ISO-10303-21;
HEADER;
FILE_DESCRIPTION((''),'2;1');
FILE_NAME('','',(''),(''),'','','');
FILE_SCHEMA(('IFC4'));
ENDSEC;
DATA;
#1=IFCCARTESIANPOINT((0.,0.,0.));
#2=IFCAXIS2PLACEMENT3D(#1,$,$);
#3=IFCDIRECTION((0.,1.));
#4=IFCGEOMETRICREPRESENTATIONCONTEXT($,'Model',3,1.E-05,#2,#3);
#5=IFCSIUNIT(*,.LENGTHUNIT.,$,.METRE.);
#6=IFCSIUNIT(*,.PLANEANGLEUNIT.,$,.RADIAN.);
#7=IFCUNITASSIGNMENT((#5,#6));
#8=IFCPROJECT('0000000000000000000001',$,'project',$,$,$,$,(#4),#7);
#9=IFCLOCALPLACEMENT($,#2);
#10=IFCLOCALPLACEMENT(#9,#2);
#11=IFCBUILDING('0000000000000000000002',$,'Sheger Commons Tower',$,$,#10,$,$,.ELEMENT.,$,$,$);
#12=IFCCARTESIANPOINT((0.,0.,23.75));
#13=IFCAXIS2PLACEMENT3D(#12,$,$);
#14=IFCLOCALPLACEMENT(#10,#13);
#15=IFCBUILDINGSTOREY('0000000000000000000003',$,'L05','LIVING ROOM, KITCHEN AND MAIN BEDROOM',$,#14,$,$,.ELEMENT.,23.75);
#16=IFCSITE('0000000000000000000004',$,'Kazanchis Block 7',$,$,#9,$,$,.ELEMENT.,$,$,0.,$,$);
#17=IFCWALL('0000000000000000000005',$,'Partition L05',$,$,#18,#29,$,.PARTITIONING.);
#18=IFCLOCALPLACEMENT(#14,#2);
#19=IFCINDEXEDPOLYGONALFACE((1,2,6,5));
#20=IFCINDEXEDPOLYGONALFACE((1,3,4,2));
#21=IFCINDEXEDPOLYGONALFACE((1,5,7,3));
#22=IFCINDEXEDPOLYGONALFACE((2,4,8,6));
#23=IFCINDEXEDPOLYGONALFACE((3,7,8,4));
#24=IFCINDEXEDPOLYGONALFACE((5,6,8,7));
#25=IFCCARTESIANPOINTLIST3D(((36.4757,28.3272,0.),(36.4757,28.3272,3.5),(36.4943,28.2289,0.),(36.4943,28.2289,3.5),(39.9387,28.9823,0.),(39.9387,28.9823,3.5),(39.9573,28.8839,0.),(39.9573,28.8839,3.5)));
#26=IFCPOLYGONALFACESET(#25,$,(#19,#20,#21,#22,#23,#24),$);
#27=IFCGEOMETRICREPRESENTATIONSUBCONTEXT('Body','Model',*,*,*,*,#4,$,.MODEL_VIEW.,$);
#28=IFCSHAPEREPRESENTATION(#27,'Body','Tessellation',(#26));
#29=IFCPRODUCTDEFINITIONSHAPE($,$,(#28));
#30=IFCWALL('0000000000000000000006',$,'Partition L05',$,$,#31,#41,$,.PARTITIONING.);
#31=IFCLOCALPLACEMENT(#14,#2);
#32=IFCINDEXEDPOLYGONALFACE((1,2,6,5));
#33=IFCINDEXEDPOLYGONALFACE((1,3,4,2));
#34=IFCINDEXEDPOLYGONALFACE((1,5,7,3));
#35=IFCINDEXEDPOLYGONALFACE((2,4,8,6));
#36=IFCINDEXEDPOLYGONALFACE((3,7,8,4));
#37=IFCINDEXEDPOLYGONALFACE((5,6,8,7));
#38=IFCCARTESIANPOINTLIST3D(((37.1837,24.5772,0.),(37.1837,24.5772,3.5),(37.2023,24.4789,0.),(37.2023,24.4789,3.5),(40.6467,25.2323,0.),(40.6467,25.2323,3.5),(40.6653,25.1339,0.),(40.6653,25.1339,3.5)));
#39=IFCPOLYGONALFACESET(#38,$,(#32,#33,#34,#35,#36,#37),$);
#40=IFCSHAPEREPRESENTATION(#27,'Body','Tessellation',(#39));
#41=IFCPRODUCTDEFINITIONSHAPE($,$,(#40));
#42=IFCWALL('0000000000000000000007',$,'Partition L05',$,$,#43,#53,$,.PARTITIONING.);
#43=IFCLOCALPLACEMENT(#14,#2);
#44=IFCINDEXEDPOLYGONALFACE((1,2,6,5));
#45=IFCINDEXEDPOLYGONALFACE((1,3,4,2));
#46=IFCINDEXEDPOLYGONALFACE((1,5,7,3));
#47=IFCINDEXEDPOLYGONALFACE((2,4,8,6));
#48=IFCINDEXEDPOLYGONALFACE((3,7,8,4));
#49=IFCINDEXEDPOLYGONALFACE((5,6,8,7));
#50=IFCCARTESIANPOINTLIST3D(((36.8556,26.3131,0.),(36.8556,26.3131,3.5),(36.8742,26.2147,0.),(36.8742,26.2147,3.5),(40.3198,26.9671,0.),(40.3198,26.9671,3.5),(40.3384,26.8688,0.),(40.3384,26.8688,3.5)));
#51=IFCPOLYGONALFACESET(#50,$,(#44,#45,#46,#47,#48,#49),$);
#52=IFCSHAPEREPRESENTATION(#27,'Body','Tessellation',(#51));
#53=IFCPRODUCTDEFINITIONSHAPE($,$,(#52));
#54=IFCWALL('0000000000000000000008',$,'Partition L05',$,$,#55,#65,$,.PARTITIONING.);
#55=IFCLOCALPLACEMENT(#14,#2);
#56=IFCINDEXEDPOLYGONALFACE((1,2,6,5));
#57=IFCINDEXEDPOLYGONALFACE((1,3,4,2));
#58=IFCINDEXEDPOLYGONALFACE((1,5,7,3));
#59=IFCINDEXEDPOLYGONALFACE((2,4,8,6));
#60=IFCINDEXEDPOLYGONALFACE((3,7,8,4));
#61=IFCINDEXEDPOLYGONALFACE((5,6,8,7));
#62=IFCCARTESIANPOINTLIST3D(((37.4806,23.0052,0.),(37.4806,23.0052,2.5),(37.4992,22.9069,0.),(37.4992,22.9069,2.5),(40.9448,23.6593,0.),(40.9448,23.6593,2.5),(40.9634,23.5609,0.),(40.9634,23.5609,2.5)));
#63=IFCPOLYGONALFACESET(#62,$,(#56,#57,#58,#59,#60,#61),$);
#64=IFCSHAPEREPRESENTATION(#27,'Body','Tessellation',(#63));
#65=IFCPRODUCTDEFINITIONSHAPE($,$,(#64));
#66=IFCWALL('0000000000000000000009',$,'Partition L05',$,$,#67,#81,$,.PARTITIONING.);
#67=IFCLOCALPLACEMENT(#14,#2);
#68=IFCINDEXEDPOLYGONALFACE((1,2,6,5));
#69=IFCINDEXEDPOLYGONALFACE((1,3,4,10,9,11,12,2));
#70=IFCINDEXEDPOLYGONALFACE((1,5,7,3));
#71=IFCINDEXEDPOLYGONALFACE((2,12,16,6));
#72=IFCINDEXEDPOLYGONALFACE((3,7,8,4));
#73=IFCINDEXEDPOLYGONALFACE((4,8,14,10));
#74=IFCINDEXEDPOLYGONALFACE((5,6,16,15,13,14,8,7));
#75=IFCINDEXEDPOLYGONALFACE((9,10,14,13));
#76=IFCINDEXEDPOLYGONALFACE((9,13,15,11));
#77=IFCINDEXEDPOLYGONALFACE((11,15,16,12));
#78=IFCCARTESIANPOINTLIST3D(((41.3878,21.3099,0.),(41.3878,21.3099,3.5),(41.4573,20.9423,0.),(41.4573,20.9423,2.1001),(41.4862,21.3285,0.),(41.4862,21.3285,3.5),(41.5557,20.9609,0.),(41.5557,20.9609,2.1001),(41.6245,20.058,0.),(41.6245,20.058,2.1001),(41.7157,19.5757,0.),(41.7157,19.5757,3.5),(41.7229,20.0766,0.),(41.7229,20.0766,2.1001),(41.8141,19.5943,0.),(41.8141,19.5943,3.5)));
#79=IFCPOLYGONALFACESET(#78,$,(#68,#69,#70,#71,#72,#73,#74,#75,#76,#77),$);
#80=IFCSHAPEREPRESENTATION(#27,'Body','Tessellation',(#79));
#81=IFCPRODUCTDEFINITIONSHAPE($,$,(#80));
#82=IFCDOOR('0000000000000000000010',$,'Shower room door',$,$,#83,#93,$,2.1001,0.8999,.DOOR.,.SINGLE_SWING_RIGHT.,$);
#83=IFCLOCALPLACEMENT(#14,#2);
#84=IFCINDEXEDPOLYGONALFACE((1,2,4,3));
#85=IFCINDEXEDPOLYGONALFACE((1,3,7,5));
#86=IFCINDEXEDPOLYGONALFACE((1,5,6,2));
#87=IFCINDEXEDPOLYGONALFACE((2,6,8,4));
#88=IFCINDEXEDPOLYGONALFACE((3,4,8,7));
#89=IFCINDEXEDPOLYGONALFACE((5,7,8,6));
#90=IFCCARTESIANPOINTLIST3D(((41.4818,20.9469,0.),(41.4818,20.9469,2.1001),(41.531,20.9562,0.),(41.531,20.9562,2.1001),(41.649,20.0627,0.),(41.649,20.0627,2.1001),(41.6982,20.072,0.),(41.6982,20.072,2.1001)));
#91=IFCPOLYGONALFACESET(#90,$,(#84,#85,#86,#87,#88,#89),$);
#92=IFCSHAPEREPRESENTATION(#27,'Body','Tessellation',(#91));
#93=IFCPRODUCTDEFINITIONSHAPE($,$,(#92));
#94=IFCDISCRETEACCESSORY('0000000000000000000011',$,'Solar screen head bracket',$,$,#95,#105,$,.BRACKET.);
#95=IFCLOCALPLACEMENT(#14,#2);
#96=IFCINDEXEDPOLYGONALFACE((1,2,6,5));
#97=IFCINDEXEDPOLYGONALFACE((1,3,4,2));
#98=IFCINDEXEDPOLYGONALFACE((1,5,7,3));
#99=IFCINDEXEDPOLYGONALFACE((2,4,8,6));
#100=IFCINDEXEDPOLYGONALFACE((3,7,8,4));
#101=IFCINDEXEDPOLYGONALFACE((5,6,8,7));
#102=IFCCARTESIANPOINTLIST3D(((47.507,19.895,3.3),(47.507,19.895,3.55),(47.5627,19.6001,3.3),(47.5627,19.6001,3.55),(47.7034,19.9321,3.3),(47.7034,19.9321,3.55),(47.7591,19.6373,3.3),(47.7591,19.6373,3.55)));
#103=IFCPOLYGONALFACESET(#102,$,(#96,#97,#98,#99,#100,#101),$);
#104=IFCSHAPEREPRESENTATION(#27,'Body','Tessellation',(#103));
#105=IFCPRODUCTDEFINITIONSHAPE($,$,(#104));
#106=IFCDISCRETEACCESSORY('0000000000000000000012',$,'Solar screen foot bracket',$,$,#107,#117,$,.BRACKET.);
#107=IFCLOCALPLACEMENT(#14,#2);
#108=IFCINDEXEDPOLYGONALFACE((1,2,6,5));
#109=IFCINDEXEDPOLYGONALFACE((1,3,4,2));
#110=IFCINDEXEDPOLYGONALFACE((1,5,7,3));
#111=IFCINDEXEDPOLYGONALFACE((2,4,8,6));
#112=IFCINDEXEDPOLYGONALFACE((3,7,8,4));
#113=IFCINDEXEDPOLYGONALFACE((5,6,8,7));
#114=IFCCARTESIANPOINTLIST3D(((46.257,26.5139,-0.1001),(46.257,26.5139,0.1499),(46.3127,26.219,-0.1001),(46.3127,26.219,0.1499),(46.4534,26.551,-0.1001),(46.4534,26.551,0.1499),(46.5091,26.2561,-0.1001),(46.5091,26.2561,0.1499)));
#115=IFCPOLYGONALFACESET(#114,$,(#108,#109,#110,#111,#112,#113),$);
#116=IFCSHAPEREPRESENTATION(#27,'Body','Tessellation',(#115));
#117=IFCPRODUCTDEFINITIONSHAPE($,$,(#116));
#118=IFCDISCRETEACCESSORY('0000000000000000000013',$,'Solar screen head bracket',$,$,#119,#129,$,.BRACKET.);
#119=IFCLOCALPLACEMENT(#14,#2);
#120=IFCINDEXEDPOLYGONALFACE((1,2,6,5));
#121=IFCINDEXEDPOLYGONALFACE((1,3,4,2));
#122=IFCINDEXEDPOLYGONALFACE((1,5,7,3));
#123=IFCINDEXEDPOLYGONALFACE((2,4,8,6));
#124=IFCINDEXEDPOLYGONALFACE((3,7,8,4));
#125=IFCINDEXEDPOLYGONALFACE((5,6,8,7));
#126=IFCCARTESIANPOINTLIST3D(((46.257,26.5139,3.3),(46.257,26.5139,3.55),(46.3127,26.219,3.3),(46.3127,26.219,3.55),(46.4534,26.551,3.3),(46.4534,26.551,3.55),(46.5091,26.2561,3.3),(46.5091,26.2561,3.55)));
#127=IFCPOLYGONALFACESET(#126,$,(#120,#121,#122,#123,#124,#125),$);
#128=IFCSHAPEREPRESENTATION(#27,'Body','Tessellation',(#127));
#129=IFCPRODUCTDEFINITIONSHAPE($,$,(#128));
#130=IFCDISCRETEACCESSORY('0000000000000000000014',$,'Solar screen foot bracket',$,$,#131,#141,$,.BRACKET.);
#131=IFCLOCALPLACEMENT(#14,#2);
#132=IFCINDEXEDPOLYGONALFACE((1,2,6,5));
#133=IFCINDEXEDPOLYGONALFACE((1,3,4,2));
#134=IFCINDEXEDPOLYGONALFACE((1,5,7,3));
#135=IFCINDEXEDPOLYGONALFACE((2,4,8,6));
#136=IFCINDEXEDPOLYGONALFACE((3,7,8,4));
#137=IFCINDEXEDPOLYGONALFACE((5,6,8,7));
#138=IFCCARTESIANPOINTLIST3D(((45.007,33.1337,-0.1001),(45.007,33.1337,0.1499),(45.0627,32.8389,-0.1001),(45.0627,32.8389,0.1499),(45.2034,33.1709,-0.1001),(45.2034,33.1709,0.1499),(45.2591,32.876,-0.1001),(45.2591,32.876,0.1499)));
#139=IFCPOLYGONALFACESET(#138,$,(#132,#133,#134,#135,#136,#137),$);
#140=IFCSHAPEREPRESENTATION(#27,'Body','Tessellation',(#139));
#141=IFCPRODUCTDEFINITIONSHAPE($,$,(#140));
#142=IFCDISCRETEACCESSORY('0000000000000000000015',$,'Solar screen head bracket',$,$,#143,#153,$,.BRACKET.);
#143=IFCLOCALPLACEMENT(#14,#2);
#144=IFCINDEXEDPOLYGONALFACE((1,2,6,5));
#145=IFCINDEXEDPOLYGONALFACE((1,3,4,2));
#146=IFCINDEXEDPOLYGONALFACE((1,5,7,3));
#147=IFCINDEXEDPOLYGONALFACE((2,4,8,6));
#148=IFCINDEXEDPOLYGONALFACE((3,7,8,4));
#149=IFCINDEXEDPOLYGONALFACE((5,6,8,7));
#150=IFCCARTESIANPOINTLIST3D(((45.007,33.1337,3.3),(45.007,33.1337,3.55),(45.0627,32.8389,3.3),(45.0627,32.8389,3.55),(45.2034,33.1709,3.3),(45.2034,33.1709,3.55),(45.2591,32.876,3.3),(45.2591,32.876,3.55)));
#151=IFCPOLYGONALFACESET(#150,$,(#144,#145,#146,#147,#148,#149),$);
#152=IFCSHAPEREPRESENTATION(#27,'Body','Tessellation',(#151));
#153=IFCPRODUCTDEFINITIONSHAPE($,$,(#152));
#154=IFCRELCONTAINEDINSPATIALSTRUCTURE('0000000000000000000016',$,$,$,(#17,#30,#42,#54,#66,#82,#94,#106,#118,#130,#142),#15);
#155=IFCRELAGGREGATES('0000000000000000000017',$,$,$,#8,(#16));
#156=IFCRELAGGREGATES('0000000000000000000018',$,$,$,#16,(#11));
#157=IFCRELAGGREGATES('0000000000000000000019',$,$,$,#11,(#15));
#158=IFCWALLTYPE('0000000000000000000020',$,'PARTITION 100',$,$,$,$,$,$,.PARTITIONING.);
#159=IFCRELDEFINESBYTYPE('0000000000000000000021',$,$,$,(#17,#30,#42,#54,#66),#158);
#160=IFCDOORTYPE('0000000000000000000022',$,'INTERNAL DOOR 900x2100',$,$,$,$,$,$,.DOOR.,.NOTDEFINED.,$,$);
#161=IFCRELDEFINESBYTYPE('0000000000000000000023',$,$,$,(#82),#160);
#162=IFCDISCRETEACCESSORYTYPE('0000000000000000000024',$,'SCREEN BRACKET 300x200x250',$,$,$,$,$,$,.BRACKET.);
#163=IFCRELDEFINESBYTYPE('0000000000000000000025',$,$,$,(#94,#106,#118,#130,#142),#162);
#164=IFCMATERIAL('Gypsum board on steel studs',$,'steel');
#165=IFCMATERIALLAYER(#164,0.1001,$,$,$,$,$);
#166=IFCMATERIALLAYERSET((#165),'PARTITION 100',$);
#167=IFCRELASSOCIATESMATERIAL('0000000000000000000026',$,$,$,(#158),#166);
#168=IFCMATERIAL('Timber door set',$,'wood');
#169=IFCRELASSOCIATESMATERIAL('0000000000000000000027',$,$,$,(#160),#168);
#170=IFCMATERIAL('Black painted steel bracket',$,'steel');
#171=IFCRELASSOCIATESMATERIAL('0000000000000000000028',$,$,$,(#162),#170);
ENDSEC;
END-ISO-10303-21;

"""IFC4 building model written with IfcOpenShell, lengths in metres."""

from ifc_helpers import new_model, si_unit, direction, frame, frame_2d, origin, origin_2d, place, context, subcontext, project, spatial, rectangle, extrude, material, layer, layer_set, type_object, element, fill, save


model = new_model("IFC4")

# Units and contexts
model_context = context("Model", 3, precision=1e-05, world=origin(), true_north=direction((0.0, 1.0)))
body_context = subcontext(model_context, "Body", "Model", "MODEL_VIEW")
ifc_project = project(units=[si_unit("LENGTHUNIT", "METRE"), si_unit("PLANEANGLEUNIT", "RADIAN")], contexts=[model_context])

# Site, building, storey
site_placement = place(None, origin())
site = spatial("IfcSite", under=ifc_project, at=site_placement, Name="Kazanchis Block 7", CompositionType="ELEMENT", RefElevation=0.0)
building_placement = place(site_placement, origin())
building = spatial("IfcBuilding", under=site, at=building_placement, Name="Sheger Commons Tower", CompositionType="ELEMENT")
storey_placement = place(building_placement, frame((0.0, 0.0, 23.75)))
storey = spatial("IfcBuildingStorey", under=building, at=storey_placement, Name="L05", Description="LIVING ROOM, KITCHEN AND MAIN BEDROOM", CompositionType="ELEMENT", Elevation=23.75)

# Shared definitions
ifc_material_1 = material(Name="Gypsum board on steel studs", Category="steel")
ifc_layer_1 = layer(ifc_material_1, 0.1001)
ifc_layer_set_1 = layer_set([ifc_layer_1], Name="PARTITION 100")
wall_type_1 = type_object("IfcWallType", Name="PARTITION 100", PredefinedType="PARTITIONING", material=ifc_layer_set_1)
ifc_material_2 = material(Name="Timber door set", Category="wood")
door_type = type_object("IfcDoorType", Name="INTERNAL DOOR 900x2100", OperationType="NOTDEFINED", PredefinedType="DOOR", material=ifc_material_2)

# Walls
for number, where, z_axis, x_axis, name in (
    (1, (39.948, 28.9331, 0.0), (0.0, 0.0, 1.0), (-0.982576, -0.185861, 0.0), "Partition L05"),
    (2, (40.656, 25.1831, 0.0), (0.0, 0.0, 1.0), (-0.982576, -0.185861, 0.0), "Partition L05"),
):
    element("IfcWall", number, at=place(storey_placement, frame(where, z_axis=z_axis, x_axis=x_axis)), inside=storey, type_object=wall_type_1, Name=name, PredefinedType="PARTITIONING", context=body_context, shape_type="SweptSolid", body=[
        extrude(rectangle(XDim=3.5244, YDim=0.1001, at=frame_2d((1.7622, 0.0))), origin(), (0.0, 0.0, 1.0), 3.5),
    ])
wall_1_placement = place(storey_placement, frame((40.3291, 26.918, 0.0), z_axis=(0.0, 0.0, 1.0), x_axis=(-0.982639, -0.18553, 0.0)))
element("IfcWall", 3, at=wall_1_placement, inside=storey, type_object=wall_type_1, Name="Partition L05", PredefinedType="PARTITIONING", context=body_context, shape_type="SweptSolid", body=[
    extrude(rectangle(XDim=3.5254, YDim=0.1001, at=frame_2d((1.7627, 0.0))), origin(), (0.0, 0.0, 1.0), 3.5),
])
wall_2_placement = place(storey_placement, frame((40.9541, 23.6101, 0.0), z_axis=(0.0, 0.0, 1.0), x_axis=(-0.982639, -0.18553, 0.0)))
element("IfcWall", 4, at=wall_2_placement, inside=storey, type_object=wall_type_1, Name="Partition L05", PredefinedType="PARTITIONING", context=body_context, shape_type="SweptSolid", body=[
    extrude(rectangle(XDim=3.5254, YDim=0.1001, at=frame_2d((1.7627, 0.0))), origin(), (0.0, 0.0, 1.0), 2.5),
])

# Wall, opening, door
wall_3_placement = place(storey_placement, frame((41.437, 21.3191, 0.0), z_axis=(0.0, 0.0, 1.0), x_axis=(0.185783, -0.982591, 0.0)))
wall_3 = element("IfcWall", 5, at=wall_3_placement, inside=storey, type_object=wall_type_1, Name="Partition L05", PredefinedType="PARTITIONING", context=body_context, shape_type="SweptSolid", body=[
    extrude(rectangle(XDim=1.7649, YDim=0.1001, at=frame_2d((0.8823, 0.0))), origin(), (0.0, 0.0, 1.0), 3.5),
])
opening_1_placement = place(wall_3_placement, frame((0.374, 0.0, 0.0)))
opening_1 = element("IfcOpeningElement", 6, at=opening_1_placement, cuts=wall_3, PredefinedType="OPENING", context=body_context, shape_type="SweptSolid", body=[
    extrude(rectangle(XDim=0.8999, YDim=2.1001, at=frame_2d((0.45, 1.05))), frame((0.0, 0.0601, 0.0), z_axis=(0.0, -1.0, 0.0), x_axis=(1.0, 0.0, 0.0)), (0.0, 0.0, 1.0), 0.1201),
])
door_1_placement = place(opening_1_placement, origin())
door_1 = element("IfcDoor", 7, at=door_1_placement, inside=storey, type_object=door_type, Name="Shower room door", OperationType="SINGLE_SWING_RIGHT", OverallHeight=2.1001, OverallWidth=0.8999, PredefinedType="DOOR", context=body_context, shape_type="SweptSolid", body=[
    extrude(rectangle(XDim=0.8999, YDim=2.1001, at=frame_2d((0.45, 1.05))), frame((0.0, 0.0249, 0.0), z_axis=(0.0, -1.0, 0.0), x_axis=(1.0, 0.0, 0.0)), (0.0, 0.0, 1.0), 0.05),
])
fill(opening_1, door_1)

# Discrete accessories
ifc_material_3 = material(Name="Black painted steel bracket", Category="steel")
discrete_accessory_type = type_object("IfcDiscreteAccessoryType", Name="SCREEN BRACKET 300x200x250", PredefinedType="BRACKET", material=ifc_material_3)
for number, where, z_axis, x_axis, name in (
    (8, (47.6331, 19.7661, 3.3), (0.0, 0.0, 1.0), (-0.185615, 0.982623, 0.0), "Solar screen head bracket"),
    (9, (46.3831, 26.385, -0.1001), (0.0, 0.0, 1.0), (-0.185615, 0.982623, 0.0), "Solar screen foot bracket"),
    (10, (46.3831, 26.385, 3.3), (0.0, 0.0, 1.0), (-0.185615, 0.982623, 0.0), "Solar screen head bracket"),
    (11, (45.1331, 33.0049, -0.1001), (0.0, 0.0, 1.0), (-0.185615, 0.982623, 0.0), "Solar screen foot bracket"),
    (12, (45.1331, 33.0049, 3.3), (0.0, 0.0, 1.0), (-0.185615, 0.982623, 0.0), "Solar screen head bracket"),
):
    element("IfcDiscreteAccessory", number, at=place(storey_placement, frame(where, z_axis=z_axis, x_axis=x_axis)), inside=storey, type_object=discrete_accessory_type, Name=name, PredefinedType="BRACKET", context=body_context, shape_type="SweptSolid", body=[
        extrude(rectangle(XDim=0.3, YDim=0.2, at=origin_2d()), origin(), (0.0, 0.0, 1.0), 0.25),
    ])

save(model, "model.ifc")
